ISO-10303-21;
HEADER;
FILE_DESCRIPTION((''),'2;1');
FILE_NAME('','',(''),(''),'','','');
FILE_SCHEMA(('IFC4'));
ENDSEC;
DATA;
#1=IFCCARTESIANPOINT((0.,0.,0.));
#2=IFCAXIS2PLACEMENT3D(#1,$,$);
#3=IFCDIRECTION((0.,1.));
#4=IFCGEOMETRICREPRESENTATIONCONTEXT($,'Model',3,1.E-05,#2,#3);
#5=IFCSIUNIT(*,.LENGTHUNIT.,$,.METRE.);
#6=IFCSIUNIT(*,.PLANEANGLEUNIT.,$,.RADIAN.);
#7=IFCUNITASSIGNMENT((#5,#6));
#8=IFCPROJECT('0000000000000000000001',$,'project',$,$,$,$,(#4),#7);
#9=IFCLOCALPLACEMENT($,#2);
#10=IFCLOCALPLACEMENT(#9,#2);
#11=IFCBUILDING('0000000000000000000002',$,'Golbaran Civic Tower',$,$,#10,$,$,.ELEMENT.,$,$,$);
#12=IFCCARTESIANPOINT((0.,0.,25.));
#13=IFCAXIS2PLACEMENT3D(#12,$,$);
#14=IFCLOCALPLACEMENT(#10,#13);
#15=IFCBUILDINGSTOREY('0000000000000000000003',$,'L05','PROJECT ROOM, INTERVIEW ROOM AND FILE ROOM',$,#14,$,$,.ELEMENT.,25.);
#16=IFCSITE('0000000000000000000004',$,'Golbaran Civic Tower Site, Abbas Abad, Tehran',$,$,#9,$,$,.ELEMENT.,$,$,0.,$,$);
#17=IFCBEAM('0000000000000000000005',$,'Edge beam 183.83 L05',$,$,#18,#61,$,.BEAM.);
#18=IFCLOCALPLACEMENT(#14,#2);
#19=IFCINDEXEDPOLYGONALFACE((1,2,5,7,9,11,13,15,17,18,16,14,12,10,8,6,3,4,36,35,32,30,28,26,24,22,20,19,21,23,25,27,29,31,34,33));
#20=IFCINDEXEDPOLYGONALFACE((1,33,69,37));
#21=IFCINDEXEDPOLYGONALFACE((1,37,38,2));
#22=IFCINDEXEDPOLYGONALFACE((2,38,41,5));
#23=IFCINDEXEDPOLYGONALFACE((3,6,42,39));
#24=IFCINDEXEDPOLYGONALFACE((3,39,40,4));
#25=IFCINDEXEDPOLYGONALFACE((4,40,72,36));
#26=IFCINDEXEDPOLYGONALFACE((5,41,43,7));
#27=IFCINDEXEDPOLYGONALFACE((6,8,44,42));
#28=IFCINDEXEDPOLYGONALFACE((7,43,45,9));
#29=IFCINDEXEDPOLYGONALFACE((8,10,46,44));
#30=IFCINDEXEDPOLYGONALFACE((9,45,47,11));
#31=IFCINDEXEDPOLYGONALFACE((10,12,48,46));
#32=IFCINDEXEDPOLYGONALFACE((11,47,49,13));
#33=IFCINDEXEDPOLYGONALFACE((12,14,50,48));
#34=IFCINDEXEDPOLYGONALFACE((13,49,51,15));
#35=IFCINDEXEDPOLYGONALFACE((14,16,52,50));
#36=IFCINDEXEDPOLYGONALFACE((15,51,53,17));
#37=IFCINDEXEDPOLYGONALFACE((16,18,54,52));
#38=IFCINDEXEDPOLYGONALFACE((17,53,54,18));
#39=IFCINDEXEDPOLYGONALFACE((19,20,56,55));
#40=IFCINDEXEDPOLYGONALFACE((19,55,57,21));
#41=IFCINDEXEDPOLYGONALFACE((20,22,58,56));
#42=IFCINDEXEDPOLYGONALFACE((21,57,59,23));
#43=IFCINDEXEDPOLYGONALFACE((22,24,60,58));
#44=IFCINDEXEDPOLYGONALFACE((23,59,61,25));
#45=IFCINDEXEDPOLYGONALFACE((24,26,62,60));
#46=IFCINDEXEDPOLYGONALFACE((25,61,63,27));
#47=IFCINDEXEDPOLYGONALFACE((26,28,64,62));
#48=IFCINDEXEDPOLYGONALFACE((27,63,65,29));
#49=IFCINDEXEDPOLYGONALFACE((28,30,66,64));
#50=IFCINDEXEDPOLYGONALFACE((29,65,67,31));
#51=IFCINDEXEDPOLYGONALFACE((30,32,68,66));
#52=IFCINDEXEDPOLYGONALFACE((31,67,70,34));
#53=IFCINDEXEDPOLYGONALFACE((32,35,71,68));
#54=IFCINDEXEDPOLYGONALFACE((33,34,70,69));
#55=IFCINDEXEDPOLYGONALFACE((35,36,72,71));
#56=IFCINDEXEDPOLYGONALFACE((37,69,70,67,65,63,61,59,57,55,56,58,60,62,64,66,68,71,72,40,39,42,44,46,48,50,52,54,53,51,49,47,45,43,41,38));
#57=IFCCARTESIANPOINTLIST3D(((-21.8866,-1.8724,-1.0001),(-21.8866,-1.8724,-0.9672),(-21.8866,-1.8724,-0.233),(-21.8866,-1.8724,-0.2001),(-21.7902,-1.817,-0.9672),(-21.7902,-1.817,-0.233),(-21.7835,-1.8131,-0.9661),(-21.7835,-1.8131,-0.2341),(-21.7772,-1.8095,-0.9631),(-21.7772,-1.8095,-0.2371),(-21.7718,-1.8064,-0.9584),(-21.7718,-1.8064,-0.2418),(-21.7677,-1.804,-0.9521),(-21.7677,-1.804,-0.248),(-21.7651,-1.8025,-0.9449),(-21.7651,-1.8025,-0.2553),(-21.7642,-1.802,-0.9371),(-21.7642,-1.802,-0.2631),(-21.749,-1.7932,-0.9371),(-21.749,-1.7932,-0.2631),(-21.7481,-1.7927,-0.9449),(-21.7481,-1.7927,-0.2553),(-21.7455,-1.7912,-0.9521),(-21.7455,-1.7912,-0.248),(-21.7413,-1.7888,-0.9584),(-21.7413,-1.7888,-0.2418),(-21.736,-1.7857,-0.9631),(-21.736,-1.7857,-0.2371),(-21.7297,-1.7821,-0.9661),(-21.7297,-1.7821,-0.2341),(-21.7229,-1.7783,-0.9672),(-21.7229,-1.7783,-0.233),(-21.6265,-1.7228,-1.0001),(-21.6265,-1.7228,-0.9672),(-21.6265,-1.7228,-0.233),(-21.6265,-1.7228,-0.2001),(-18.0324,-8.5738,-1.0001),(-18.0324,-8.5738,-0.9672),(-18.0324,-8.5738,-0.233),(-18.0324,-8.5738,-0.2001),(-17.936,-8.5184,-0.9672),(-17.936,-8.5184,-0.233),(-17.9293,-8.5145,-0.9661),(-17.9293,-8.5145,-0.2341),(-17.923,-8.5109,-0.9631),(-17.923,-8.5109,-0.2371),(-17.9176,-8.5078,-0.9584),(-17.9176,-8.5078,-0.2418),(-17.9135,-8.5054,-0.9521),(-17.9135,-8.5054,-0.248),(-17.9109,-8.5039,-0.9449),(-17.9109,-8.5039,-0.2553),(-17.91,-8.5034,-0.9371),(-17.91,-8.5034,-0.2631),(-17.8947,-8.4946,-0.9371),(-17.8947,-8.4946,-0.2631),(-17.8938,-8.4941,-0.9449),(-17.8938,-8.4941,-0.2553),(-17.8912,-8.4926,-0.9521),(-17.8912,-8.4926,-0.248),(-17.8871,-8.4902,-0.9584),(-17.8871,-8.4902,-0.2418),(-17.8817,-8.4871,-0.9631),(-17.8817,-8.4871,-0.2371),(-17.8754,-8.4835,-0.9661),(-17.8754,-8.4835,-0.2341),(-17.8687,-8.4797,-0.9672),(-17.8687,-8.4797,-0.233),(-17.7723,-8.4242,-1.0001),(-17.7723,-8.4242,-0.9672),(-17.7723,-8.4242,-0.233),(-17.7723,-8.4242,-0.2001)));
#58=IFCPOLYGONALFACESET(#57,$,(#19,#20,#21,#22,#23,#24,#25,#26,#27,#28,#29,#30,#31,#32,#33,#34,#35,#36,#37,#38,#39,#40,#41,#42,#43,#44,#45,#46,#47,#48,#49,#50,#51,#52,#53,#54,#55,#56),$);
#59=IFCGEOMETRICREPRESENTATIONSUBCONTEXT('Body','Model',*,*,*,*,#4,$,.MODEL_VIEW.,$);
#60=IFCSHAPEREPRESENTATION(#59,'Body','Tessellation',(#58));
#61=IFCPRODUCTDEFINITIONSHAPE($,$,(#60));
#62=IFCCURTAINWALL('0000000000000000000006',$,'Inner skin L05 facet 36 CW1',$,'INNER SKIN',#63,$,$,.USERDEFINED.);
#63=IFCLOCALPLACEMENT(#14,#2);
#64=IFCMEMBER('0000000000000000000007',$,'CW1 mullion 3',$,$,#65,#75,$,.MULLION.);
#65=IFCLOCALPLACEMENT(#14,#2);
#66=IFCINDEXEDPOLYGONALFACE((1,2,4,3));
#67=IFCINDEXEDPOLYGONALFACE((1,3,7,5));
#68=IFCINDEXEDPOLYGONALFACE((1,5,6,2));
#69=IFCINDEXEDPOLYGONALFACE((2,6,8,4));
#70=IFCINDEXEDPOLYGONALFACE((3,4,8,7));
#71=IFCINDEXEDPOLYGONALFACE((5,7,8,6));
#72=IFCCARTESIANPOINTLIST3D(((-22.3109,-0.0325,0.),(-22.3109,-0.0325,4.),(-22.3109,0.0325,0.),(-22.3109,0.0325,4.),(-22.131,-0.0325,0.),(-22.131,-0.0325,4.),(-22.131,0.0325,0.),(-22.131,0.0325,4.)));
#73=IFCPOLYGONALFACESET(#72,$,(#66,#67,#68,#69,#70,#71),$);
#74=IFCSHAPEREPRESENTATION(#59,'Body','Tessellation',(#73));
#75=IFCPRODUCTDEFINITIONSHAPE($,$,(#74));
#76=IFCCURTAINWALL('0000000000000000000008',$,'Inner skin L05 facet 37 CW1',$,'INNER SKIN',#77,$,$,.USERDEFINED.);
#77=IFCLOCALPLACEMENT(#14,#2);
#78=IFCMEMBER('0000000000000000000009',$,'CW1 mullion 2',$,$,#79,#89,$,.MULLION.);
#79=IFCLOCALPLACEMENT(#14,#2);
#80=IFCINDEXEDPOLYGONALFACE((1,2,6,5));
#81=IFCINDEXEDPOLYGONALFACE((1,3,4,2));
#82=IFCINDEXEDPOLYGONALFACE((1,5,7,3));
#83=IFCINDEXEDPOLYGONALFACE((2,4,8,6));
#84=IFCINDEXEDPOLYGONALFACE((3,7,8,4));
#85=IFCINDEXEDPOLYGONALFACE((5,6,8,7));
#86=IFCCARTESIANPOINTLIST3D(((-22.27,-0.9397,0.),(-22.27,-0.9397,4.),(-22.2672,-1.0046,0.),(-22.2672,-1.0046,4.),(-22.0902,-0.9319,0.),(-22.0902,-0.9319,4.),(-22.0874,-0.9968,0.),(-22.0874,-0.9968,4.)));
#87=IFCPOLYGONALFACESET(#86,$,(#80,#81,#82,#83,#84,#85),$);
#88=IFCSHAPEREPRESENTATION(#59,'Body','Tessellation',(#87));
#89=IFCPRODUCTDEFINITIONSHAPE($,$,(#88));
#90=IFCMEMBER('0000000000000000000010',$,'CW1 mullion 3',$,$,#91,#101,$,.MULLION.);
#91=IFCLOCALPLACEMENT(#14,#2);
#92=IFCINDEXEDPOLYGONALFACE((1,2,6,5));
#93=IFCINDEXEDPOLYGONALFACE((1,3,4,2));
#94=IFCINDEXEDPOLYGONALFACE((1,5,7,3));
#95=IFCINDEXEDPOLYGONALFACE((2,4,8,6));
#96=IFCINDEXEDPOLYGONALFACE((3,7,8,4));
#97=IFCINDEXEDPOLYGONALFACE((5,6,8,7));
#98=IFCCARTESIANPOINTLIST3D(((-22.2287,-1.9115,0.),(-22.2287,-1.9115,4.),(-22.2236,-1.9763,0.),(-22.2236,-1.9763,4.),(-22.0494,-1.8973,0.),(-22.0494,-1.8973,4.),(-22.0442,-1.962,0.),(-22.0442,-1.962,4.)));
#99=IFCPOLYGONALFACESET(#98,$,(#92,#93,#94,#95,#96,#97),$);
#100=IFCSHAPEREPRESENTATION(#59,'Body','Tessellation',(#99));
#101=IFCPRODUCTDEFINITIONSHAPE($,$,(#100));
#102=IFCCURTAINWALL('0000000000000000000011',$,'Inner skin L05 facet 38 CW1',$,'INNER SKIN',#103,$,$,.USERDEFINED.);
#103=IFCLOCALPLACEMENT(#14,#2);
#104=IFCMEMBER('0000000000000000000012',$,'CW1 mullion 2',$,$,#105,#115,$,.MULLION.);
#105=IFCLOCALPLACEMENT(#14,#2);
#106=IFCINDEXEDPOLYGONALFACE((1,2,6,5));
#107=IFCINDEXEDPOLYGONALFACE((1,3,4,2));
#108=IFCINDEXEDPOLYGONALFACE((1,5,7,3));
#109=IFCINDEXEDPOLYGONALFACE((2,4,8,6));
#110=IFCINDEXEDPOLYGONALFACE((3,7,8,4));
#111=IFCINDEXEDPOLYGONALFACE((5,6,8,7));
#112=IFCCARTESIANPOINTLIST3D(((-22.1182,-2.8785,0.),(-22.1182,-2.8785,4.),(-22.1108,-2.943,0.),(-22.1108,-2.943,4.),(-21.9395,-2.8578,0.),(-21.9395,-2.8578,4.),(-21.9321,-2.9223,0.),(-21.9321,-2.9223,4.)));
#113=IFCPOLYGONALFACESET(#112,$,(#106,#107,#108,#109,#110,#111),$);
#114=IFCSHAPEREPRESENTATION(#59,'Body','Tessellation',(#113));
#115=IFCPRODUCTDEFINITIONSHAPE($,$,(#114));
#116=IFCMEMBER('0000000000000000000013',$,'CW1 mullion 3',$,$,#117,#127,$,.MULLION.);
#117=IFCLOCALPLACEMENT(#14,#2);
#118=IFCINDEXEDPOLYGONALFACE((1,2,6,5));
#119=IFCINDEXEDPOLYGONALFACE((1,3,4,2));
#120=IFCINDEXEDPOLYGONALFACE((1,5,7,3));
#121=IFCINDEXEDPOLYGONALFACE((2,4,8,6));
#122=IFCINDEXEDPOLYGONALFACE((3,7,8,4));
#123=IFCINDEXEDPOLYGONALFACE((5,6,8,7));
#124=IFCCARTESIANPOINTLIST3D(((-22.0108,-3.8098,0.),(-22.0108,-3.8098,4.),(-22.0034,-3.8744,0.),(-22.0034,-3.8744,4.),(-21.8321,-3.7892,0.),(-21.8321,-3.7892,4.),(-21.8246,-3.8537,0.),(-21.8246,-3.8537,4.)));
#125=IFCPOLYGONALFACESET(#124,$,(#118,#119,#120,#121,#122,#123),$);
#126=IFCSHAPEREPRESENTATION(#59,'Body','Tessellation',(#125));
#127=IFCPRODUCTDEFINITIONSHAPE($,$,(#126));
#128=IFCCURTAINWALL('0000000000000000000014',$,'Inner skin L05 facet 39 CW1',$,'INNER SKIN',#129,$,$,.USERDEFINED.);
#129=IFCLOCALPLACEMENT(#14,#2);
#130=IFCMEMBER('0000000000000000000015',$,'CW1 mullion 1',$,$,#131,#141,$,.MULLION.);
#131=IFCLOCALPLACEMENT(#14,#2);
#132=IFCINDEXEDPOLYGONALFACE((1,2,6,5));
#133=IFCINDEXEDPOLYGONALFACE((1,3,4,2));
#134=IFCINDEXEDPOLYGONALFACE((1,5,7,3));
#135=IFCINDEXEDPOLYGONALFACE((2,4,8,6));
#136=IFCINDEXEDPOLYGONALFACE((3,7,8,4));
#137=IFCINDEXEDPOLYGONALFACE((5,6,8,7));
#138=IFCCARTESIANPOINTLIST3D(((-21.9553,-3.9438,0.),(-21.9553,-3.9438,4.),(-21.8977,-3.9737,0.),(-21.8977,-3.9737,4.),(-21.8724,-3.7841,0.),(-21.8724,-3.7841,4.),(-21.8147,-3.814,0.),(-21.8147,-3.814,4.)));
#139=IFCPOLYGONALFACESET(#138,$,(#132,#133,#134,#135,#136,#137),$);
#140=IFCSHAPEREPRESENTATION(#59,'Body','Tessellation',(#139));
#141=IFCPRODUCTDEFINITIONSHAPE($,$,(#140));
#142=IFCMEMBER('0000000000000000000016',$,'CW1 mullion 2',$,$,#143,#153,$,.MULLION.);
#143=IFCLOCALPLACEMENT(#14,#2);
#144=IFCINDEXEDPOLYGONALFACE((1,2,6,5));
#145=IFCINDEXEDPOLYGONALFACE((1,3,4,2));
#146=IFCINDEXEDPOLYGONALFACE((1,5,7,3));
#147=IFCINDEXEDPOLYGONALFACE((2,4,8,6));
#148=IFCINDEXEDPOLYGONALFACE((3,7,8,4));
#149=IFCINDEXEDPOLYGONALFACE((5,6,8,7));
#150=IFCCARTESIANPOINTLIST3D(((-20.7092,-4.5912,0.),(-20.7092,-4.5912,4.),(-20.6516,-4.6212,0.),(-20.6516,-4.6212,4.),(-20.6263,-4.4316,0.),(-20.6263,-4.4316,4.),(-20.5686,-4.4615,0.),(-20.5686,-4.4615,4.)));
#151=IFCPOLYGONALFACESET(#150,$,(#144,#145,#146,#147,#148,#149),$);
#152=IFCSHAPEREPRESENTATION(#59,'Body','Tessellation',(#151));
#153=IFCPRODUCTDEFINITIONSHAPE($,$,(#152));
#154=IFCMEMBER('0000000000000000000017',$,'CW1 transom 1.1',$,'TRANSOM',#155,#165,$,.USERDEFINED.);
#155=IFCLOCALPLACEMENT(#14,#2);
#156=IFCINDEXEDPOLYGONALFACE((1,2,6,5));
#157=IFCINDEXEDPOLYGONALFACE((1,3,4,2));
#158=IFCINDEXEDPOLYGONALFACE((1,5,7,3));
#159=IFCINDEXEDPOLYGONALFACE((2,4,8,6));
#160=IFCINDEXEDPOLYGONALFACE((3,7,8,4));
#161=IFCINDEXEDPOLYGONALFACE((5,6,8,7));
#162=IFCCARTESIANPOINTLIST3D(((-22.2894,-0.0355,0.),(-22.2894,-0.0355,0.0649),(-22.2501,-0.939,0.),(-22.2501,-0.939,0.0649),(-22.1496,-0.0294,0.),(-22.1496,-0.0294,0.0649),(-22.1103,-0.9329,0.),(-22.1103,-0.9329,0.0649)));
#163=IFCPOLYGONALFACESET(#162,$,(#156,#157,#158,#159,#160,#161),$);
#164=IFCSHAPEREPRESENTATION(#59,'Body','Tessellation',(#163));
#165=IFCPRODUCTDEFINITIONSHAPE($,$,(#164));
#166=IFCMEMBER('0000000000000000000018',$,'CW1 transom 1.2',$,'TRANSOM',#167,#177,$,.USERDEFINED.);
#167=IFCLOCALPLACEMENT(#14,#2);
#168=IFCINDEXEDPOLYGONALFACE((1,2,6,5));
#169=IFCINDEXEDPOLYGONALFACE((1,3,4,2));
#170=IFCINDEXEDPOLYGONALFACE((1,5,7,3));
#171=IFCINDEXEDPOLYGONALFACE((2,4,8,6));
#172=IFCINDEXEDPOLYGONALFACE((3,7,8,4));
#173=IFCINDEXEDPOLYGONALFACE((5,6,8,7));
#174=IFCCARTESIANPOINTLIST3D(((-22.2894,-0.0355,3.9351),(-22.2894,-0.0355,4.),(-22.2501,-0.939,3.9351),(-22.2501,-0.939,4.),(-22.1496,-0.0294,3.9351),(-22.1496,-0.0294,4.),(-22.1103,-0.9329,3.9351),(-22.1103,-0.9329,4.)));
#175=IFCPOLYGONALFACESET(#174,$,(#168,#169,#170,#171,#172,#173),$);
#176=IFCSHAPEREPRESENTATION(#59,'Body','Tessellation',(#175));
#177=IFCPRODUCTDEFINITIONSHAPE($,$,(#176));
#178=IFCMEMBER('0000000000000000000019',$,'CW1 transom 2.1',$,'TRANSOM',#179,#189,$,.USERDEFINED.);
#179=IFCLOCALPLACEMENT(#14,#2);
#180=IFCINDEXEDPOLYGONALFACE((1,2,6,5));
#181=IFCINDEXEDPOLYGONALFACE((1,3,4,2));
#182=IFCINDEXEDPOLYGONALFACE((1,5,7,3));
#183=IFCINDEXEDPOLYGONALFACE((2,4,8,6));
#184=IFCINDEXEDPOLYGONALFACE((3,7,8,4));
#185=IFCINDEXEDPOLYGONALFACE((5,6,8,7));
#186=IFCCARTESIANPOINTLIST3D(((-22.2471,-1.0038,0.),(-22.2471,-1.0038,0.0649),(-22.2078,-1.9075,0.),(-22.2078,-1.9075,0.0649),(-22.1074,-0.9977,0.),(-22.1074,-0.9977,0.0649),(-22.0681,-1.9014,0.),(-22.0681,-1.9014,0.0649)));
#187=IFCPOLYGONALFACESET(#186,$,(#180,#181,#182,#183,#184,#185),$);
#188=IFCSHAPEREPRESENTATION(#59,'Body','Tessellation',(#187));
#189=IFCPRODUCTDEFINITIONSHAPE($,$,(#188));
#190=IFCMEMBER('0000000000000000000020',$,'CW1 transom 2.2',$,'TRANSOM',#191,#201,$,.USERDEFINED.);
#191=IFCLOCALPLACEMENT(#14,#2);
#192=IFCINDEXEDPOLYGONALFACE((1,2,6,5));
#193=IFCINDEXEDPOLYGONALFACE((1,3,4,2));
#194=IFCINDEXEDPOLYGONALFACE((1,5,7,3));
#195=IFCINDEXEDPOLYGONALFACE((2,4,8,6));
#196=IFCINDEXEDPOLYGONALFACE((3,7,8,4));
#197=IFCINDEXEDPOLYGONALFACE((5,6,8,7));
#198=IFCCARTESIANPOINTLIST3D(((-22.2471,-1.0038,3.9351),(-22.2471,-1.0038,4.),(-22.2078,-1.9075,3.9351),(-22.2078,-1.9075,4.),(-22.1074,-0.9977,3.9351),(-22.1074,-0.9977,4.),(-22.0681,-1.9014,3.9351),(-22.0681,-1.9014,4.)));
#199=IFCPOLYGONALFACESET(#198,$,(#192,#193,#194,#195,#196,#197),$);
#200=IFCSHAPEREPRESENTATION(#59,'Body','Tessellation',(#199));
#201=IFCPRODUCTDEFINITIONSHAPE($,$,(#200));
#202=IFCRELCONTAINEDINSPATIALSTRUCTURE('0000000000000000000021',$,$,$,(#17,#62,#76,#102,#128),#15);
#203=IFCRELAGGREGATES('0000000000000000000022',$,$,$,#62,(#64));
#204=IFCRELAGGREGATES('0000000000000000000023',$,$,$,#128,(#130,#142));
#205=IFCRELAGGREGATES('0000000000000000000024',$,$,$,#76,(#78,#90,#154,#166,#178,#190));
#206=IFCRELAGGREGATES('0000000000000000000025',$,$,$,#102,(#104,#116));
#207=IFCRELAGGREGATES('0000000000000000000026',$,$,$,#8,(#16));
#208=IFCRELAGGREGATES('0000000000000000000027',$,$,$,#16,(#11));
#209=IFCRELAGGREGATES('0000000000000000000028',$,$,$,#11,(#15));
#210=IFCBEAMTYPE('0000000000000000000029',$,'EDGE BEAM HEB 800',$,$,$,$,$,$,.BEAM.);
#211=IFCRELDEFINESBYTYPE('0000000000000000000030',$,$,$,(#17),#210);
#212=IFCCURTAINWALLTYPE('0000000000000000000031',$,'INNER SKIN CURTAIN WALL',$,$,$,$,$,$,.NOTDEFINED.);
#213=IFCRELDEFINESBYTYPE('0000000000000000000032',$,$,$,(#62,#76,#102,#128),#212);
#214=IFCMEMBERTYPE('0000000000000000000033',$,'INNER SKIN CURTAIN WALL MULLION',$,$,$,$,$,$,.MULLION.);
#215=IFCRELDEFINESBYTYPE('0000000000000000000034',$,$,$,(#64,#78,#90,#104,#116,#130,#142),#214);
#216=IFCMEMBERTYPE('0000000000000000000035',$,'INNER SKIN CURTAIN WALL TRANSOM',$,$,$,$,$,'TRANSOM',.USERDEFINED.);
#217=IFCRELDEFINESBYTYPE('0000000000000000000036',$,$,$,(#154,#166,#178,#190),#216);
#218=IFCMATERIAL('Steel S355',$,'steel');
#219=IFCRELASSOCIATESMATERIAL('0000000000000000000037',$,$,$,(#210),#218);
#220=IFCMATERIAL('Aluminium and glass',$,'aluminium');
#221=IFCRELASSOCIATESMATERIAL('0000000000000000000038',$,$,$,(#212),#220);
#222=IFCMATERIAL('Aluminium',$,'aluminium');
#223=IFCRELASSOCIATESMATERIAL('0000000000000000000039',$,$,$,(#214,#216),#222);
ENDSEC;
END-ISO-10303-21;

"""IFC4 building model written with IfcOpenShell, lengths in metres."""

from ifc_helpers import new_model, si_unit, direction, frame, origin, origin_2d, place, context, subcontext, project, spatial, rectangle, i_section, extrude, material, material_profile, profile_set, type_object, element, aggregate, save


model = new_model("IFC4")

# Units and contexts
model_context = context("Model", 3, precision=1e-05, world=origin(), true_north=direction((0.0, 1.0)))
body_context = subcontext(model_context, "Body", "Model", "MODEL_VIEW")
ifc_project = project(units=[si_unit("LENGTHUNIT", "METRE"), si_unit("PLANEANGLEUNIT", "RADIAN")], contexts=[model_context])

# Site, building, storey
site_placement = place(None, origin())
site = spatial("IfcSite", under=ifc_project, at=site_placement, Name="Golbaran Civic Tower Site, Abbas Abad, Tehran", CompositionType="ELEMENT", RefElevation=0.0)
building_placement = place(site_placement, origin())
building = spatial("IfcBuilding", under=site, at=building_placement, Name="Golbaran Civic Tower", CompositionType="ELEMENT")
storey_placement = place(building_placement, frame((0.0, 0.0, 25.0)))
storey = spatial("IfcBuildingStorey", under=building, at=storey_placement, Name="L05", Description="PROJECT ROOM, INTERVIEW ROOM AND FILE ROOM", CompositionType="ELEMENT", Elevation=25.0)

# Beam
ifc_material_1 = material(Name="Steel S355", Category="steel")
ifc_material_profile_1 = material_profile(ifc_material_1, i_section(OverallWidth=0.3, OverallDepth=0.8, WebThickness=0.0176, FlangeThickness=0.033, FilletRadius=0.03, at=origin_2d()), Name="HEB 800")
ifc_profile_set_1 = profile_set([ifc_material_profile_1], Name="Steel S355")
beam_type = type_object("IfcBeamType", Name="EDGE BEAM HEB 800", PredefinedType="BEAM", material=ifc_profile_set_1)
beam_placement = place(storey_placement, frame((-21.7566, -1.7976, -0.6001), z_axis=(0.498562, -0.866854, 0.0), x_axis=(0.866854, 0.498562, 0.0)))
element("IfcBeam", 1, at=beam_placement, inside=storey, type_object=beam_type, Name="Edge beam 183.83 L05", PredefinedType="BEAM", context=body_context, shape_type="SweptSolid", body=[
    extrude(i_section(OverallWidth=0.3, OverallDepth=0.8, WebThickness=0.0176, FlangeThickness=0.033, FilletRadius=0.03, at=origin_2d()), origin(), (0.0, 0.0, 1.0), 7.7307),
])

# Curtain wall, member
ifc_material_2 = material(Name="Aluminium and glass", Category="aluminium")
curtain_wall_type = type_object("IfcCurtainWallType", Name="INNER SKIN CURTAIN WALL", PredefinedType="NOTDEFINED", material=ifc_material_2)
curtain_wall_1_placement = place(storey_placement, origin())
curtain_wall_1 = element("IfcCurtainWall", 2, at=curtain_wall_1_placement, inside=storey, type_object=curtain_wall_type, Name="Inner skin L05 facet 36 CW1", ObjectType="INNER SKIN", PredefinedType="USERDEFINED")
ifc_material_3 = material(Name="Aluminium", Category="aluminium")
ifc_material_profile_2 = material_profile(ifc_material_3, rectangle(XDim=0.1799, YDim=0.0649, at=origin_2d()), Name="INNER SKIN CURTAIN WALL MULLION")
ifc_profile_set_2 = profile_set([ifc_material_profile_2], Name="Aluminium")
member_type_1 = type_object("IfcMemberType", Name="INNER SKIN CURTAIN WALL MULLION", PredefinedType="MULLION", material=ifc_profile_set_2)
member_1_placement = place(storey_placement, frame((-22.2209, 0.0, 0.0), z_axis=(0.0, 0.0, 1.0), x_axis=(1.0, 0.0, 0.0)))
member_1 = element("IfcMember", 3, at=member_1_placement, type_object=member_type_1, Name="CW1 mullion 3", PredefinedType="MULLION", context=body_context, shape_type="SweptSolid", body=[
    extrude(rectangle(XDim=0.1799, YDim=0.0649, at=origin_2d()), origin(), (0.0, 0.0, 1.0), 4.0),
])
aggregate(curtain_wall_1, [member_1])

# Curtain walls, members
curtain_wall_2_placement = place(storey_placement, origin())
curtain_wall_2 = element("IfcCurtainWall", 4, at=curtain_wall_2_placement, inside=storey, type_object=curtain_wall_type, Name="Inner skin L05 facet 37 CW1", ObjectType="INNER SKIN", PredefinedType="USERDEFINED")
member_2_placement = place(storey_placement, frame((-22.1787, -0.9683, 0.0), z_axis=(0.0, 0.0, 1.0), x_axis=(0.999048, 0.043619, 0.0)))
member_2 = element("IfcMember", 5, at=member_2_placement, type_object=member_type_1, Name="CW1 mullion 2", PredefinedType="MULLION", context=body_context, shape_type="SweptSolid", body=[
    extrude(rectangle(XDim=0.1799, YDim=0.0649, at=origin_2d()), origin(), (0.0, 0.0, 1.0), 4.0),
])
member_3_placement = place(storey_placement, frame((-22.1365, -1.9368, 0.0), z_axis=(0.0, 0.0, 1.0), x_axis=(0.996859, 0.079202, 0.0)))
member_3 = element("IfcMember", 6, at=member_3_placement, type_object=member_type_1, Name="CW1 mullion 3", PredefinedType="MULLION", context=body_context, shape_type="SweptSolid", body=[
    extrude(rectangle(XDim=0.1799, YDim=0.0649, at=origin_2d()), origin(), (0.0, 0.0, 1.0), 4.0),
])
curtain_wall_3_placement = place(storey_placement, origin())
curtain_wall_3 = element("IfcCurtainWall", 7, at=curtain_wall_3_placement, inside=storey, type_object=curtain_wall_type, Name="Inner skin L05 facet 38 CW1", ObjectType="INNER SKIN", PredefinedType="USERDEFINED")
member_4_placement = place(storey_placement, frame((-22.0251, -2.9004, 0.0), z_axis=(0.0, 0.0, 1.0), x_axis=(0.993402, 0.114683, 0.0)))
member_4 = element("IfcMember", 8, at=member_4_placement, type_object=member_type_1, Name="CW1 mullion 2", PredefinedType="MULLION", context=body_context, shape_type="SweptSolid", body=[
    extrude(rectangle(XDim=0.1799, YDim=0.0649, at=origin_2d()), origin(), (0.0, 0.0, 1.0), 4.0),
])
member_5_placement = place(storey_placement, frame((-21.9177, -3.8318, 0.0), z_axis=(0.0, 0.0, 1.0), x_axis=(0.993402, 0.114683, 0.0)))
member_5 = element("IfcMember", 9, at=member_5_placement, type_object=member_type_1, Name="CW1 mullion 3", PredefinedType="MULLION", context=body_context, shape_type="SweptSolid", body=[
    extrude(rectangle(XDim=0.1799, YDim=0.0649, at=origin_2d()), origin(), (0.0, 0.0, 1.0), 4.0),
])
curtain_wall_4_placement = place(storey_placement, origin())
curtain_wall_4 = element("IfcCurtainWall", 10, at=curtain_wall_4_placement, inside=storey, type_object=curtain_wall_type, Name="Inner skin L05 facet 39 CW1", ObjectType="INNER SKIN", PredefinedType="USERDEFINED")
member_6_placement = place(storey_placement, frame((-21.885, -3.8789, 0.0), z_axis=(0.0, 0.0, 1.0), x_axis=(0.460945, 0.887429, 0.0)))
member_6 = element("IfcMember", 11, at=member_6_placement, type_object=member_type_1, Name="CW1 mullion 1", PredefinedType="MULLION", context=body_context, shape_type="SweptSolid", body=[
    extrude(rectangle(XDim=0.1799, YDim=0.0649, at=origin_2d()), origin(), (0.0, 0.0, 1.0), 4.0),
])
member_7_placement = place(storey_placement, frame((-20.6389, -4.5264, 0.0), z_axis=(0.0, 0.0, 1.0), x_axis=(0.460945, 0.887429, 0.0)))
member_7 = element("IfcMember", 12, at=member_7_placement, type_object=member_type_1, Name="CW1 mullion 2", PredefinedType="MULLION", context=body_context, shape_type="SweptSolid", body=[
    extrude(rectangle(XDim=0.1799, YDim=0.0649, at=origin_2d()), origin(), (0.0, 0.0, 1.0), 4.0),
])

# Members
ifc_material_profile_3 = material_profile(ifc_material_3, rectangle(XDim=0.1399, YDim=0.0649, at=origin_2d()), Name="INNER SKIN CURTAIN WALL TRANSOM")
ifc_profile_set_3 = profile_set([ifc_material_profile_3], Name="Aluminium")
member_type_2 = type_object("IfcMemberType", Name="INNER SKIN CURTAIN WALL TRANSOM", ElementType="TRANSOM", PredefinedType="USERDEFINED", material=ifc_profile_set_3)
member_8_placement = place(storey_placement, frame((-22.2195, -0.0325, 0.0325), z_axis=(0.043472, -0.999055, 0.0), x_axis=(0.999055, 0.043472, 0.0)))
member_8 = element("IfcMember", 13, at=member_8_placement, type_object=member_type_2, Name="CW1 transom 1.1", ObjectType="TRANSOM", PredefinedType="USERDEFINED", context=body_context, shape_type="SweptSolid", body=[
    extrude(rectangle(XDim=0.1399, YDim=0.0649, at=origin_2d()), origin(), (0.0, 0.0, 1.0), 0.9043),
])
member_9_placement = place(storey_placement, frame((-22.2195, -0.0325, 3.9675), z_axis=(0.043472, -0.999055, 0.0), x_axis=(0.999055, 0.043472, 0.0)))
member_9 = element("IfcMember", 14, at=member_9_placement, type_object=member_type_2, Name="CW1 transom 1.2", ObjectType="TRANSOM", PredefinedType="USERDEFINED", context=body_context, shape_type="SweptSolid", body=[
    extrude(rectangle(XDim=0.1399, YDim=0.0649, at=origin_2d()), origin(), (0.0, 0.0, 1.0), 0.9043),
])
member_10_placement = place(storey_placement, frame((-22.1772, -1.0007, 0.0325), z_axis=(0.043461, -0.999055, 0.0), x_axis=(0.999055, 0.043461, 0.0)))
member_10 = element("IfcMember", 15, at=member_10_placement, type_object=member_type_2, Name="CW1 transom 2.1", ObjectType="TRANSOM", PredefinedType="USERDEFINED", context=body_context, shape_type="SweptSolid", body=[
    extrude(rectangle(XDim=0.1399, YDim=0.0649, at=origin_2d()), origin(), (0.0, 0.0, 1.0), 0.9045),
])
member_11_placement = place(storey_placement, frame((-22.1772, -1.0007, 3.9675), z_axis=(0.043461, -0.999055, 0.0), x_axis=(0.999055, 0.043461, 0.0)))
member_11 = element("IfcMember", 16, at=member_11_placement, type_object=member_type_2, Name="CW1 transom 2.2", ObjectType="TRANSOM", PredefinedType="USERDEFINED", context=body_context, shape_type="SweptSolid", body=[
    extrude(rectangle(XDim=0.1399, YDim=0.0649, at=origin_2d()), origin(), (0.0, 0.0, 1.0), 0.9045),
])

aggregate(curtain_wall_4, [member_6, member_7])
aggregate(curtain_wall_2, [member_2, member_3, member_8, member_9, member_10, member_11])
aggregate(curtain_wall_3, [member_4, member_5])

save(model, "model.ifc")
